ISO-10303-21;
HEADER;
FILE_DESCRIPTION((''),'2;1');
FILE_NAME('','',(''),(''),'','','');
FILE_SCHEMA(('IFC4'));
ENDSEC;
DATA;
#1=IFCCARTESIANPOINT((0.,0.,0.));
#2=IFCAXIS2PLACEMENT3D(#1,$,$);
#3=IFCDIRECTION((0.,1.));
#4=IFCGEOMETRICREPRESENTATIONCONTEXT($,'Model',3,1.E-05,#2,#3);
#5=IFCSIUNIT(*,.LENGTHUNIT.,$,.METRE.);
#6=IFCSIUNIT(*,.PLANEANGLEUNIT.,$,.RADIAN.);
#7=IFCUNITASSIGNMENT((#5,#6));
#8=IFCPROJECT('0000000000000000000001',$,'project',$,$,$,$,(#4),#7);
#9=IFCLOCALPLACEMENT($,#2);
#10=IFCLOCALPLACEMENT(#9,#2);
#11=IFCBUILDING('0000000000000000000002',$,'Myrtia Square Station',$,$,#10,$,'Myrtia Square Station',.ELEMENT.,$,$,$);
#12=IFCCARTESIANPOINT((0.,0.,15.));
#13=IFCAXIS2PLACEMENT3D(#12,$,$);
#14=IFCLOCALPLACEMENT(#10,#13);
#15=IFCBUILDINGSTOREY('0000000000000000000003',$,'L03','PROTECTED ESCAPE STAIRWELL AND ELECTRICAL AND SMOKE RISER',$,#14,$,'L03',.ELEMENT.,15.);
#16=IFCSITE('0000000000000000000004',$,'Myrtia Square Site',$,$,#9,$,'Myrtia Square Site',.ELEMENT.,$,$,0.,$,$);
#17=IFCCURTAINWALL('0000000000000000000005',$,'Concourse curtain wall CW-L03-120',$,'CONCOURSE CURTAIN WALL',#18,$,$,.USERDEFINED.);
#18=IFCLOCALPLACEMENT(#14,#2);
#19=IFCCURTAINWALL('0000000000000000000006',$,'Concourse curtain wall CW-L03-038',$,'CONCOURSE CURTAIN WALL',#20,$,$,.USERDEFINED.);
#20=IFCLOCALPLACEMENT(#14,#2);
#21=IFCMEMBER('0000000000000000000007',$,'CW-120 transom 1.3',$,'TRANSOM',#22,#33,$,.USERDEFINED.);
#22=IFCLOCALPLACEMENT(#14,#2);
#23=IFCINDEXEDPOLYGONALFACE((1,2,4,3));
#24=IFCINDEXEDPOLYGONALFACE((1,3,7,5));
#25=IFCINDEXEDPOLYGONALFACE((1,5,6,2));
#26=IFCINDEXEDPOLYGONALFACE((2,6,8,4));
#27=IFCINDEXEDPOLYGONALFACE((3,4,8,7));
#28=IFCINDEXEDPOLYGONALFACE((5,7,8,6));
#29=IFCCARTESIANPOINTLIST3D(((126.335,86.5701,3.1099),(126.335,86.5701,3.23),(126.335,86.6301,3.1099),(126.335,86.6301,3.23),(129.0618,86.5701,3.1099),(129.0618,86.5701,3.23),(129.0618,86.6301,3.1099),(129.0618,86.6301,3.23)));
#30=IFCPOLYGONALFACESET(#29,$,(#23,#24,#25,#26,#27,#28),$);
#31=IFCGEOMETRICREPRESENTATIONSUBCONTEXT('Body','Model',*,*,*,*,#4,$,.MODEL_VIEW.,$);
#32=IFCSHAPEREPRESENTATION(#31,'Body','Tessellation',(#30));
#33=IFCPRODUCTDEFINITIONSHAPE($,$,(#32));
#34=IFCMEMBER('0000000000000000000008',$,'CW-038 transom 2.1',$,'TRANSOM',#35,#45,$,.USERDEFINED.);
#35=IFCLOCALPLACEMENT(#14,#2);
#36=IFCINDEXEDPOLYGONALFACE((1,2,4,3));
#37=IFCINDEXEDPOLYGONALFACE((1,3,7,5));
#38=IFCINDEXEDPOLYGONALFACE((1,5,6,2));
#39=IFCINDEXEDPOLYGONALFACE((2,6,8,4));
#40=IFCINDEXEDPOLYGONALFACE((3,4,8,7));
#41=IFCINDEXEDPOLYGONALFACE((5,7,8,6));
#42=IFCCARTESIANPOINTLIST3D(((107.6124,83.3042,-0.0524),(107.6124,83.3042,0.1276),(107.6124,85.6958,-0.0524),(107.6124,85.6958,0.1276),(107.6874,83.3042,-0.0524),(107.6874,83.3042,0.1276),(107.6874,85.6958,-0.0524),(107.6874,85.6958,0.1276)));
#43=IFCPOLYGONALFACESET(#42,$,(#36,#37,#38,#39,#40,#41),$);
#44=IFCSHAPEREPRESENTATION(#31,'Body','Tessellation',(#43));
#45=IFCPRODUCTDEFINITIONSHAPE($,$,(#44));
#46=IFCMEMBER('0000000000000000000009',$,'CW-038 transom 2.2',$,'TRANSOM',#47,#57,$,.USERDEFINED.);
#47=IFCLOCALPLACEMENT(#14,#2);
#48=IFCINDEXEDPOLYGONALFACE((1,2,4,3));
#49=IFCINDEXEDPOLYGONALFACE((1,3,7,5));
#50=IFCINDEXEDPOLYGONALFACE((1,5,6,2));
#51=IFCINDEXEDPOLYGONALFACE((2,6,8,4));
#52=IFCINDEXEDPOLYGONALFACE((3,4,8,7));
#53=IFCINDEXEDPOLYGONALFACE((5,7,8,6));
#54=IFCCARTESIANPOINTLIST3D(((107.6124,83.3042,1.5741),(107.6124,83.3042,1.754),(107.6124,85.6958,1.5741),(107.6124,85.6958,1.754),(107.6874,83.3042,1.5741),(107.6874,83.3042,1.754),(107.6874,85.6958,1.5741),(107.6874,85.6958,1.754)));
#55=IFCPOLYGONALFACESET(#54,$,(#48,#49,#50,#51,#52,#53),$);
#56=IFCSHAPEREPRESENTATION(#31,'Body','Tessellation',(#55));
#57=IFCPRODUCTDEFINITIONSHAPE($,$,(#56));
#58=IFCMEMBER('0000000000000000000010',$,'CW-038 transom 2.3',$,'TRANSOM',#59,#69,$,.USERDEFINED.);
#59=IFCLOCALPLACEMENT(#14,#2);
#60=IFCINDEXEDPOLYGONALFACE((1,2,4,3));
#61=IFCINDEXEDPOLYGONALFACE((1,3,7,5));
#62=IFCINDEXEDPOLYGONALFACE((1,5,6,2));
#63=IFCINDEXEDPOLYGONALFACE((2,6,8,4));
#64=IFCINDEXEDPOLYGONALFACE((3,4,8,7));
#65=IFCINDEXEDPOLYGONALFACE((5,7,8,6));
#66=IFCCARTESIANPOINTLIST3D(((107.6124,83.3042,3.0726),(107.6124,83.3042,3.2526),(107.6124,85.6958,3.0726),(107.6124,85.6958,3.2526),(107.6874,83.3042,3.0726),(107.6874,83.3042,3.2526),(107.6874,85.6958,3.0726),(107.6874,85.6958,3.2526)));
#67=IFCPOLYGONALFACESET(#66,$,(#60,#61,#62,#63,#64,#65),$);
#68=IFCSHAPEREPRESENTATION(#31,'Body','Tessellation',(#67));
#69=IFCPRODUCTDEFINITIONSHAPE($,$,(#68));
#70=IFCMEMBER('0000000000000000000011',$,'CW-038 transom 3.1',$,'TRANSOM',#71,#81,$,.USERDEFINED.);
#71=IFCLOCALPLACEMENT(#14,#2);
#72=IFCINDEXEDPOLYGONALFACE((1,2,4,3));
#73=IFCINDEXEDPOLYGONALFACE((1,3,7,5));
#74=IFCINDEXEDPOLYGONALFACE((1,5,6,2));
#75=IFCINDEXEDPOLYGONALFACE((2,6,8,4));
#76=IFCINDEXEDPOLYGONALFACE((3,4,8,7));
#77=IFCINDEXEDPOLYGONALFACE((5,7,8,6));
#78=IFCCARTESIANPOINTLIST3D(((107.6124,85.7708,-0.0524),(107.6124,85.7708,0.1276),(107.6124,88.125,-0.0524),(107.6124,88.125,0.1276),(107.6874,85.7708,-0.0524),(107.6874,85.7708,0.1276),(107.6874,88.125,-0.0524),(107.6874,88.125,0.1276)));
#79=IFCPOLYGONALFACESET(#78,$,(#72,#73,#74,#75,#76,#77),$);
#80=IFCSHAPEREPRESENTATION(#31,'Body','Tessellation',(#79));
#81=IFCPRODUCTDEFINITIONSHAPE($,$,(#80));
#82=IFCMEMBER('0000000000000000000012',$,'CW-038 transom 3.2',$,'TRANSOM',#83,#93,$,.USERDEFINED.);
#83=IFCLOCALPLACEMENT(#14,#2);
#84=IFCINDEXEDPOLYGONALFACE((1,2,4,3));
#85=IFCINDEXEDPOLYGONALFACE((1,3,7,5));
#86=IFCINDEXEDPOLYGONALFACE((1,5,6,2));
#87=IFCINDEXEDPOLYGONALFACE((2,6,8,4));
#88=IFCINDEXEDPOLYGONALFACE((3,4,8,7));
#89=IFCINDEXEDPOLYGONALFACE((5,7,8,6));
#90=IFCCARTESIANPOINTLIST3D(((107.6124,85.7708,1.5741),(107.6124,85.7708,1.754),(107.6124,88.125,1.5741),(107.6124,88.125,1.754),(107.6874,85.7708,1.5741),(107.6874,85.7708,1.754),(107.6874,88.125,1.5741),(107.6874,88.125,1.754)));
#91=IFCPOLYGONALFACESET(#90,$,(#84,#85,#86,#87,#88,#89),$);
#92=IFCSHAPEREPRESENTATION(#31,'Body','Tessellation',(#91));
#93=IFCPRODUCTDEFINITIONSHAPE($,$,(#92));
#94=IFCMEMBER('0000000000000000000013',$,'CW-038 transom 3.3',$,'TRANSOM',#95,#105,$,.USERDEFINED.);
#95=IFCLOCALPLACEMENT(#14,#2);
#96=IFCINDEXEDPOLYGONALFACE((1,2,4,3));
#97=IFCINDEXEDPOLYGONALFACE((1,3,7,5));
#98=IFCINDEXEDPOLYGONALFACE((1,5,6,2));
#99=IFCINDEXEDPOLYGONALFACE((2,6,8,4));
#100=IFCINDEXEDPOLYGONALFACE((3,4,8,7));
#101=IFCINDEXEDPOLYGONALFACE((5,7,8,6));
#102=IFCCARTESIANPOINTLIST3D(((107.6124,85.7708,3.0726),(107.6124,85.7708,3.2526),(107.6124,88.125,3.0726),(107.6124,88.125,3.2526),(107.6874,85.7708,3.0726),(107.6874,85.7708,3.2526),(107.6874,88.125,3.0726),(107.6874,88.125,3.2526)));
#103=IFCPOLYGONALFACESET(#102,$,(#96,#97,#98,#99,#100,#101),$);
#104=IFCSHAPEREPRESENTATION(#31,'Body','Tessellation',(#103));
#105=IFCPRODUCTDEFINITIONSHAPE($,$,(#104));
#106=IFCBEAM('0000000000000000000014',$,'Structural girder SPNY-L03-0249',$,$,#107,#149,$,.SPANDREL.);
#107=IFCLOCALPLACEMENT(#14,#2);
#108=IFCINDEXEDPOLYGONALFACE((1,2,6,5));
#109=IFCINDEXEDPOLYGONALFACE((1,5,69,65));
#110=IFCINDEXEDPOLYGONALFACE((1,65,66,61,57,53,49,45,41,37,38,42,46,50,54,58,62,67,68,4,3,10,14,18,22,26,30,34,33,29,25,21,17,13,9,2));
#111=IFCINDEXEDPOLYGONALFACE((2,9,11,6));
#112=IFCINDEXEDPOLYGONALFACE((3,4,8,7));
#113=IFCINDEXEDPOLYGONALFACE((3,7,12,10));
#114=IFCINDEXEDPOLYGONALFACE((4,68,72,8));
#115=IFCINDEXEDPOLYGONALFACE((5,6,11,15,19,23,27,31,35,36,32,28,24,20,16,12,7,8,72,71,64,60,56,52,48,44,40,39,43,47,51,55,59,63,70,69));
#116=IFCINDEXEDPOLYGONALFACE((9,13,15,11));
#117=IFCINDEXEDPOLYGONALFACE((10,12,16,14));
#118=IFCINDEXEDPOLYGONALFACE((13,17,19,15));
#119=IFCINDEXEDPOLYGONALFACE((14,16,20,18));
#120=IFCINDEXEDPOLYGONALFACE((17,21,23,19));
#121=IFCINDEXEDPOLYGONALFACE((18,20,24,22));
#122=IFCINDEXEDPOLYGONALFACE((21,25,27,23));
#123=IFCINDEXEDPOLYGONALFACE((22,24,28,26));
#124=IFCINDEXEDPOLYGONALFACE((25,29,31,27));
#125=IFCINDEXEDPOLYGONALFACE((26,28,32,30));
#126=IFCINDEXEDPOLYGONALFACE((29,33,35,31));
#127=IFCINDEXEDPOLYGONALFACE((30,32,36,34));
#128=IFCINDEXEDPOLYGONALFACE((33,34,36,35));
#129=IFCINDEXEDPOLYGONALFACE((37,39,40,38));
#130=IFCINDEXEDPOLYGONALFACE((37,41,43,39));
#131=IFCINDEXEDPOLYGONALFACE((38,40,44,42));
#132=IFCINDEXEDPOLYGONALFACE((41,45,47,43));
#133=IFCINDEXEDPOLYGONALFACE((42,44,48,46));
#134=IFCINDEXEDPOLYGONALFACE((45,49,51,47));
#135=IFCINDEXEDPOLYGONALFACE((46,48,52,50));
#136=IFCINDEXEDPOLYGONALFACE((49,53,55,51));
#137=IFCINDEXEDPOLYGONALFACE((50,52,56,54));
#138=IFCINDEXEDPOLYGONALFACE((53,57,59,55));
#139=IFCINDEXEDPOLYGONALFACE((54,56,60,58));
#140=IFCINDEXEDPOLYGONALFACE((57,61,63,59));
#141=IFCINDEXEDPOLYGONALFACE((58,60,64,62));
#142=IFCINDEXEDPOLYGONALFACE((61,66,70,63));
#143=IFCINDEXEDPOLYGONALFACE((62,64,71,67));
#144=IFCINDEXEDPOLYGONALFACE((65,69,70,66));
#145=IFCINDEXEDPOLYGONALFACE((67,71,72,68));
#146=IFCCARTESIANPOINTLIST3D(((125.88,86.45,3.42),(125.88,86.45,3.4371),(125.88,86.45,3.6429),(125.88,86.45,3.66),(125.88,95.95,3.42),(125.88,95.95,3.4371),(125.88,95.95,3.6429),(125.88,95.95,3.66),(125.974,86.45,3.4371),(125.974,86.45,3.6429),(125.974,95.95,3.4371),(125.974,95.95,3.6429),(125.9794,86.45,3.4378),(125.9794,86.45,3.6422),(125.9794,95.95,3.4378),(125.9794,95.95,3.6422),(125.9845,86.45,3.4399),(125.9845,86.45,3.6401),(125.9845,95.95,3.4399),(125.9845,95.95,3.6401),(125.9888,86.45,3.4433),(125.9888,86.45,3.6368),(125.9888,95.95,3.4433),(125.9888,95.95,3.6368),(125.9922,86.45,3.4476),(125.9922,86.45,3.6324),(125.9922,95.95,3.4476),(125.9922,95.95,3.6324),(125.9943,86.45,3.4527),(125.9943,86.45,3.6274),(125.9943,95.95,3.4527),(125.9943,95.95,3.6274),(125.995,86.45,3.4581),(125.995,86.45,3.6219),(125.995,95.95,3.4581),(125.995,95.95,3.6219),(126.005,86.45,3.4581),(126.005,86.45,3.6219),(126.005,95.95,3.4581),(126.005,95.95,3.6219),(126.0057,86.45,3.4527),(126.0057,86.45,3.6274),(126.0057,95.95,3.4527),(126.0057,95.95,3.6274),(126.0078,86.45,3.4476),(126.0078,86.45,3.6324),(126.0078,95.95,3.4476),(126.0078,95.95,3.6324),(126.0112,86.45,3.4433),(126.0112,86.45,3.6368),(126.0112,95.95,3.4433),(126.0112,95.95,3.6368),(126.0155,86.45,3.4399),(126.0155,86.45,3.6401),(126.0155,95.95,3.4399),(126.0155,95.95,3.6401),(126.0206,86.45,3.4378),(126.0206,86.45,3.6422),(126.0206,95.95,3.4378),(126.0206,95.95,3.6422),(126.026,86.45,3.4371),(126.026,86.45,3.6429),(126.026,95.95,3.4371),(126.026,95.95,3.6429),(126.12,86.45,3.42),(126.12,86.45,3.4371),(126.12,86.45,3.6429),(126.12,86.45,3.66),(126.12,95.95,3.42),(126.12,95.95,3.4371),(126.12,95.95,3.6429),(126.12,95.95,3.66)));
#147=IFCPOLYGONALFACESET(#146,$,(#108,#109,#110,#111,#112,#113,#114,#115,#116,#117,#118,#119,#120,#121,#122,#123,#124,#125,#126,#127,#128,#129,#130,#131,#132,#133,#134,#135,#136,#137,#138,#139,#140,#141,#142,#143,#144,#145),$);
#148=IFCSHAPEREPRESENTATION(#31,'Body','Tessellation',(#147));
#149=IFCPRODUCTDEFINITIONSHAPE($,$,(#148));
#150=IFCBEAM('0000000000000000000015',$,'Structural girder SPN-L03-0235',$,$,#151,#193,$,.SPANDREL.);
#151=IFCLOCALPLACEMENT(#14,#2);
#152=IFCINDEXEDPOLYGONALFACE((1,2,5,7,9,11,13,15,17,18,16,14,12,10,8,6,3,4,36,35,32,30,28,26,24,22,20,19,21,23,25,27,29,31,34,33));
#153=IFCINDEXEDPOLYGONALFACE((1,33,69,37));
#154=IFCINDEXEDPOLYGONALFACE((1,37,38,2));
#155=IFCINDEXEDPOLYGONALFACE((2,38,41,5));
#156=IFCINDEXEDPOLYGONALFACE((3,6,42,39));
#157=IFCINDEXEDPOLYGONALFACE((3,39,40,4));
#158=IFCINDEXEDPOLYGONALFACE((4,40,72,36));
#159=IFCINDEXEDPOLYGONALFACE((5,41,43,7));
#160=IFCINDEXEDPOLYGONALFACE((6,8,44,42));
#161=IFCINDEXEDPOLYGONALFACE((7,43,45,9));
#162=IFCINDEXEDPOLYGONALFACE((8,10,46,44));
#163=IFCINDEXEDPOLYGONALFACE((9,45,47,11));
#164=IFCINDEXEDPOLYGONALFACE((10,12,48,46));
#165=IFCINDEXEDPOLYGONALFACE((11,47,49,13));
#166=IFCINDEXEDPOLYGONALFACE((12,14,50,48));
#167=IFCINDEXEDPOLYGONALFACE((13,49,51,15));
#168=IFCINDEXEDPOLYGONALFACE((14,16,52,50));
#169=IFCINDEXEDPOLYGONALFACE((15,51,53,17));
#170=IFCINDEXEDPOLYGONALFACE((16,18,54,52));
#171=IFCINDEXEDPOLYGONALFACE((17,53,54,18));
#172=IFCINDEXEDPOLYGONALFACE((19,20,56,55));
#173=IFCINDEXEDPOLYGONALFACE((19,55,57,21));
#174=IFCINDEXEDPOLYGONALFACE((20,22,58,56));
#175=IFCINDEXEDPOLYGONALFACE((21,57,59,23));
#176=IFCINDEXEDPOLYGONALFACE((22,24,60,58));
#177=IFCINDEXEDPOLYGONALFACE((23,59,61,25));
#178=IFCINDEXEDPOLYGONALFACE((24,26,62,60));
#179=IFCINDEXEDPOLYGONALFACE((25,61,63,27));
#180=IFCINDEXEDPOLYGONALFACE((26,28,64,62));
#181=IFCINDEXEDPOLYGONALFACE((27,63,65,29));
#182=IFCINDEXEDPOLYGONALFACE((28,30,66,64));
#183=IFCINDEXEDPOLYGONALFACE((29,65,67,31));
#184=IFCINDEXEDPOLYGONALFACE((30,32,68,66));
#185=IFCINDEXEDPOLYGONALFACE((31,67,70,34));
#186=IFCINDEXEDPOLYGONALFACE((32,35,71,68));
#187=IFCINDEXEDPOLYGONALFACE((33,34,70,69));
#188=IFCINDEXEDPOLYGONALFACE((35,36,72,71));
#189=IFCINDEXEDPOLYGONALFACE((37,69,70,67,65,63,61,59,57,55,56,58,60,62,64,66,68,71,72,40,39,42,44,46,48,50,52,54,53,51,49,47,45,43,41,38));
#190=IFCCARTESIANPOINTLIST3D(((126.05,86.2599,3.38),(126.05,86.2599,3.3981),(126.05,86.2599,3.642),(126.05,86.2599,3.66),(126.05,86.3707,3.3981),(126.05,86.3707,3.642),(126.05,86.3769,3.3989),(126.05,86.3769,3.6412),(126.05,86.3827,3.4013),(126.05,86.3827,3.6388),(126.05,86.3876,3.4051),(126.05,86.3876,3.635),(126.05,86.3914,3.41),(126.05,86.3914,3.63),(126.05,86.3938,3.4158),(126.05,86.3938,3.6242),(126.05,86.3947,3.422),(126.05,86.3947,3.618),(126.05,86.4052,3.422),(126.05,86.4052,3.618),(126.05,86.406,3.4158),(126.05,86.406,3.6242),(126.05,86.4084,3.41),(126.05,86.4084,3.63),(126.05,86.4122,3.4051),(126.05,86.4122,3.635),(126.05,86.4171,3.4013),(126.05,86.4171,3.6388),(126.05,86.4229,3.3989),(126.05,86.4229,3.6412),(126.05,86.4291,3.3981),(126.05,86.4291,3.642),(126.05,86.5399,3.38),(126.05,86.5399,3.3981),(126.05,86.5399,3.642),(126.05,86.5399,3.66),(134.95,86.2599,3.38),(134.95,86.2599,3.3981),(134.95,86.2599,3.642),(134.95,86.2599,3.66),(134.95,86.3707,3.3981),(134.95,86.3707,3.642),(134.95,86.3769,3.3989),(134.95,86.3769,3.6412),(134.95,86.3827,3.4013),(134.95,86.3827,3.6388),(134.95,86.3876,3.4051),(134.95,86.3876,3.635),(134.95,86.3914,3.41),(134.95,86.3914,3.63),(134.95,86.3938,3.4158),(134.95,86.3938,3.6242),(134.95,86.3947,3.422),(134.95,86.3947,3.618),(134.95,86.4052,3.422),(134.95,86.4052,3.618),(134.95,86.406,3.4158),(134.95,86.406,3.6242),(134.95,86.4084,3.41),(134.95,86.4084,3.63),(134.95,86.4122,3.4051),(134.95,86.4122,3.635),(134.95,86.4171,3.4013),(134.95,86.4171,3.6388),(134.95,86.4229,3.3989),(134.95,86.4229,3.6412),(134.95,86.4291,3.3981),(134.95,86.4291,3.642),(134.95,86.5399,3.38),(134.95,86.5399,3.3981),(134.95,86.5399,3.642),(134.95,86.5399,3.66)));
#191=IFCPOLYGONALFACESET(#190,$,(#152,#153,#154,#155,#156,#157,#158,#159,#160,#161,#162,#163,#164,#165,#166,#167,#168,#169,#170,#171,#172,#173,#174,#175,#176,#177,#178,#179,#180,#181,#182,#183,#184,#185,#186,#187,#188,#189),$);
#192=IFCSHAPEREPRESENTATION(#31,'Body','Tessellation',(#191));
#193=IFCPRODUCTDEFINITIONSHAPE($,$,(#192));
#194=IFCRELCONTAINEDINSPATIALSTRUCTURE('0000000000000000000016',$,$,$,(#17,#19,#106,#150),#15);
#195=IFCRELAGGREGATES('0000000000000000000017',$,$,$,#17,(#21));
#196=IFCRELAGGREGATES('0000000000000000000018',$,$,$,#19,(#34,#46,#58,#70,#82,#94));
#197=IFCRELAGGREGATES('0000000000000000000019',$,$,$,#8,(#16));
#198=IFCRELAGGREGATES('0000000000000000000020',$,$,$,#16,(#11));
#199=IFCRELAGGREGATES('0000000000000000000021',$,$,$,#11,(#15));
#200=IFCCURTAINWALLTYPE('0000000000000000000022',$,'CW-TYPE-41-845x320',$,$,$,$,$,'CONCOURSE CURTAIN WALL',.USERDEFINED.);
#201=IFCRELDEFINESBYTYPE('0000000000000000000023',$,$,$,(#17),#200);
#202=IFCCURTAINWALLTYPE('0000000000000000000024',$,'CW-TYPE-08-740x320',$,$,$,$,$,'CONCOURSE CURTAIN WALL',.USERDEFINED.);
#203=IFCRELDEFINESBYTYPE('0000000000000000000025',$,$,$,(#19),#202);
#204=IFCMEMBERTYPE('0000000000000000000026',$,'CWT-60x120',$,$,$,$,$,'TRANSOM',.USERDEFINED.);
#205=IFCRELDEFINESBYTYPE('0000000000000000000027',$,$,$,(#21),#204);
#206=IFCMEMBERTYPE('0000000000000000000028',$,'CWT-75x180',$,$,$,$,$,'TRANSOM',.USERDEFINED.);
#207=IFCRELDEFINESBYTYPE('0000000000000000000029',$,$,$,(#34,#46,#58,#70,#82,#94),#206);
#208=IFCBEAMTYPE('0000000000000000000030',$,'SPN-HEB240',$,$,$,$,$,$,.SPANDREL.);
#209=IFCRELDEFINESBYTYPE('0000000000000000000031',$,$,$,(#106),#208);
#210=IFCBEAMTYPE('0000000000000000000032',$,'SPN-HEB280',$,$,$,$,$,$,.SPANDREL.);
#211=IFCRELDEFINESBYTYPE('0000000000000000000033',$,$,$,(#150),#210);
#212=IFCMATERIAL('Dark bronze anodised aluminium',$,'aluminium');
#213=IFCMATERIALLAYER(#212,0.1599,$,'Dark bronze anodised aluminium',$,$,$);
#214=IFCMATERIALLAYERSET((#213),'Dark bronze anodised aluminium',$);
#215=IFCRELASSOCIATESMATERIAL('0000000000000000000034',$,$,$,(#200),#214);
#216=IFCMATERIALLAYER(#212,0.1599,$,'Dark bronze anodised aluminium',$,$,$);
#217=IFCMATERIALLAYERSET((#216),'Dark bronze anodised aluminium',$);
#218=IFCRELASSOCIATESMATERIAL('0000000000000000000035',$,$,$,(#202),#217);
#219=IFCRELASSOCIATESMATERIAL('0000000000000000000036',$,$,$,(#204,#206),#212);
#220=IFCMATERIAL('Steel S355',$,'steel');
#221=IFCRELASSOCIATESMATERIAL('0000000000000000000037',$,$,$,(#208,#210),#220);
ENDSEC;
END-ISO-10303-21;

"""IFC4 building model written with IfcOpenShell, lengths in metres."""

from ifc_helpers import new_model, si_unit, direction, frame, origin, origin_2d, place, context, subcontext, project, spatial, rectangle, i_section, extrude, material, layer, layer_set, material_profile, profile_set, type_object, element, aggregate, save


model = new_model("IFC4")

# Units and contexts
model_context = context("Model", 3, precision=1e-05, world=origin(), true_north=direction((0.0, 1.0)))
body_context = subcontext(model_context, "Body", "Model", "MODEL_VIEW")
ifc_project = project(units=[si_unit("LENGTHUNIT", "METRE"), si_unit("PLANEANGLEUNIT", "RADIAN")], contexts=[model_context])

# Site, building, storey
site_placement = place(None, origin())
site = spatial("IfcSite", under=ifc_project, at=site_placement, Name="Myrtia Square Site", LongName="Myrtia Square Site", CompositionType="ELEMENT", RefElevation=0.0)
building_placement = place(site_placement, origin())
building = spatial("IfcBuilding", under=site, at=building_placement, Name="Myrtia Square Station", LongName="Myrtia Square Station", CompositionType="ELEMENT")
storey_placement = place(building_placement, frame((0.0, 0.0, 15.0)))
storey = spatial("IfcBuildingStorey", under=building, at=storey_placement, Name="L03", Description="PROTECTED ESCAPE STAIRWELL AND ELECTRICAL AND SMOKE RISER", LongName="L03", CompositionType="ELEMENT", Elevation=15.0)

# Shared definitions
ifc_material_1 = material(Name="Steel S355", Category="steel")

# Curtain wall
ifc_material_2 = material(Name="Dark bronze anodised aluminium", Category="aluminium")
ifc_layer_1 = layer(ifc_material_2, 0.1599, Name="Dark bronze anodised aluminium")
ifc_layer_set_1 = layer_set([ifc_layer_1], Name="Dark bronze anodised aluminium")
curtain_wall_type_1 = type_object("IfcCurtainWallType", Name="CW-TYPE-41-845x320", ElementType="CONCOURSE CURTAIN WALL", PredefinedType="USERDEFINED", material=ifc_layer_set_1)
curtain_wall_1_placement = place(storey_placement, origin())
curtain_wall_1 = element("IfcCurtainWall", 1, at=curtain_wall_1_placement, inside=storey, type_object=curtain_wall_type_1, Name="Concourse curtain wall CW-L03-120", ObjectType="CONCOURSE CURTAIN WALL", PredefinedType="USERDEFINED")

# Curtain wall
ifc_layer_2 = layer(ifc_material_2, 0.1599, Name="Dark bronze anodised aluminium")
ifc_layer_set_2 = layer_set([ifc_layer_2], Name="Dark bronze anodised aluminium")
curtain_wall_type_2 = type_object("IfcCurtainWallType", Name="CW-TYPE-08-740x320", ElementType="CONCOURSE CURTAIN WALL", PredefinedType="USERDEFINED", material=ifc_layer_set_2)
curtain_wall_2_placement = place(storey_placement, origin())
curtain_wall_2 = element("IfcCurtainWall", 2, at=curtain_wall_2_placement, inside=storey, type_object=curtain_wall_type_2, Name="Concourse curtain wall CW-L03-038", ObjectType="CONCOURSE CURTAIN WALL", PredefinedType="USERDEFINED")

# Members
ifc_material_profile_1 = material_profile(ifc_material_2, rectangle(XDim=0.0601, YDim=0.1201, at=origin_2d()), Name="ALU-T 60x120")
ifc_profile_set_1 = profile_set([ifc_material_profile_1], Name="Dark bronze anodised aluminium")
member_type_1 = type_object("IfcMemberType", Name="CWT-60x120", ElementType="TRANSOM", PredefinedType="USERDEFINED", material=ifc_profile_set_1)
member_1_placement = place(storey_placement, frame((126.335, 86.6001, 3.1699), z_axis=(1.0, 0.0, 0.0), x_axis=(0.0, 1.0, 0.0)))
member_1 = element("IfcMember", 3, at=member_1_placement, type_object=member_type_1, Name="CW-120 transom 1.3", ObjectType="TRANSOM", PredefinedType="USERDEFINED", context=body_context, shape_type="SweptSolid", body=[
    extrude(rectangle(XDim=0.0601, YDim=0.1201, at=origin_2d()), origin(), (0.0, 0.0, 1.0), 2.7268),
])
aggregate(curtain_wall_1, [member_1])
ifc_material_profile_2 = material_profile(ifc_material_2, rectangle(XDim=0.075, YDim=0.1799, at=origin_2d()), Name="ALU-T 75x180")
ifc_profile_set_2 = profile_set([ifc_material_profile_2], Name="Dark bronze anodised aluminium")
member_type_2 = type_object("IfcMemberType", Name="CWT-75x180", ElementType="TRANSOM", PredefinedType="USERDEFINED", material=ifc_profile_set_2)
member_2_placement = place(storey_placement, frame((107.6499, 83.3042, 0.0376), z_axis=(0.0, 1.0, 0.0), x_axis=(-1.0, 0.0, 0.0)))
member_2 = element("IfcMember", 4, at=member_2_placement, type_object=member_type_2, Name="CW-038 transom 2.1", ObjectType="TRANSOM", PredefinedType="USERDEFINED", context=body_context, shape_type="SweptSolid", body=[
    extrude(rectangle(XDim=0.075, YDim=0.1799, at=origin_2d()), origin(), (0.0, 0.0, 1.0), 2.3916),
])
member_3_placement = place(storey_placement, frame((107.6499, 83.3042, 1.6641), z_axis=(0.0, 1.0, 0.0), x_axis=(-1.0, 0.0, 0.0)))
member_3 = element("IfcMember", 5, at=member_3_placement, type_object=member_type_2, Name="CW-038 transom 2.2", ObjectType="TRANSOM", PredefinedType="USERDEFINED", context=body_context, shape_type="SweptSolid", body=[
    extrude(rectangle(XDim=0.075, YDim=0.1799, at=origin_2d()), origin(), (0.0, 0.0, 1.0), 2.3916),
])
member_4_placement = place(storey_placement, frame((107.6499, 83.3042, 3.1626), z_axis=(0.0, 1.0, 0.0), x_axis=(-1.0, 0.0, 0.0)))
member_4 = element("IfcMember", 6, at=member_4_placement, type_object=member_type_2, Name="CW-038 transom 2.3", ObjectType="TRANSOM", PredefinedType="USERDEFINED", context=body_context, shape_type="SweptSolid", body=[
    extrude(rectangle(XDim=0.075, YDim=0.1799, at=origin_2d()), origin(), (0.0, 0.0, 1.0), 2.3916),
])
member_5_placement = place(storey_placement, frame((107.6499, 85.7708, 0.0376), z_axis=(0.0, 1.0, 0.0), x_axis=(-1.0, 0.0, 0.0)))
member_5 = element("IfcMember", 7, at=member_5_placement, type_object=member_type_2, Name="CW-038 transom 3.1", ObjectType="TRANSOM", PredefinedType="USERDEFINED", context=body_context, shape_type="SweptSolid", body=[
    extrude(rectangle(XDim=0.075, YDim=0.1799, at=origin_2d()), origin(), (0.0, 0.0, 1.0), 2.3542),
])
member_6_placement = place(storey_placement, frame((107.6499, 85.7708, 1.6641), z_axis=(0.0, 1.0, 0.0), x_axis=(-1.0, 0.0, 0.0)))
member_6 = element("IfcMember", 8, at=member_6_placement, type_object=member_type_2, Name="CW-038 transom 3.2", ObjectType="TRANSOM", PredefinedType="USERDEFINED", context=body_context, shape_type="SweptSolid", body=[
    extrude(rectangle(XDim=0.075, YDim=0.1799, at=origin_2d()), origin(), (0.0, 0.0, 1.0), 2.3542),
])
member_7_placement = place(storey_placement, frame((107.6499, 85.7708, 3.1626), z_axis=(0.0, 1.0, 0.0), x_axis=(-1.0, 0.0, 0.0)))
member_7 = element("IfcMember", 9, at=member_7_placement, type_object=member_type_2, Name="CW-038 transom 3.3", ObjectType="TRANSOM", PredefinedType="USERDEFINED", context=body_context, shape_type="SweptSolid", body=[
    extrude(rectangle(XDim=0.075, YDim=0.1799, at=origin_2d()), origin(), (0.0, 0.0, 1.0), 2.3542),
])

# Beams
ifc_material_profile_3 = material_profile(ifc_material_1, i_section(OverallWidth=0.24, OverallDepth=0.24, WebThickness=0.01, FlangeThickness=0.0171, FilletRadius=0.021, at=origin_2d()), Name="HEB 240")
ifc_profile_set_3 = profile_set([ifc_material_profile_3], Name="Steel S355")
beam_type_1 = type_object("IfcBeamType", Name="SPN-HEB240", PredefinedType="SPANDREL", material=ifc_profile_set_3)
beam_1_placement = place(storey_placement, frame((126.0, 86.45, 3.54), z_axis=(0.0, 1.0, 0.0), x_axis=(-1.0, 0.0, 0.0)))
element("IfcBeam", 10, at=beam_1_placement, inside=storey, type_object=beam_type_1, Name="Structural girder SPNY-L03-0249", PredefinedType="SPANDREL", context=body_context, shape_type="SweptSolid", body=[
    extrude(i_section(OverallWidth=0.24, OverallDepth=0.24, WebThickness=0.01, FlangeThickness=0.0171, FilletRadius=0.021, at=origin_2d()), origin(), (0.0, 0.0, 1.0), 9.5),
])
ifc_material_profile_4 = material_profile(ifc_material_1, i_section(OverallWidth=0.28, OverallDepth=0.28, WebThickness=0.0105, FlangeThickness=0.0181, FilletRadius=0.0239, at=origin_2d()), Name="HEB 280")
ifc_profile_set_4 = profile_set([ifc_material_profile_4], Name="Steel S355")
beam_type_2 = type_object("IfcBeamType", Name="SPN-HEB280", PredefinedType="SPANDREL", material=ifc_profile_set_4)
beam_2_placement = place(storey_placement, frame((126.05, 86.3999, 3.52), z_axis=(1.0, 0.0, 0.0), x_axis=(0.0, 1.0, 0.0)))
element("IfcBeam", 11, at=beam_2_placement, inside=storey, type_object=beam_type_2, Name="Structural girder SPN-L03-0235", PredefinedType="SPANDREL", context=body_context, shape_type="SweptSolid", body=[
    extrude(i_section(OverallWidth=0.28, OverallDepth=0.28, WebThickness=0.0105, FlangeThickness=0.0181, FilletRadius=0.0239, at=origin_2d()), origin(), (0.0, 0.0, 1.0), 8.8999),
])

aggregate(curtain_wall_2, [member_2, member_3, member_4, member_5, member_6, member_7])

save(model, "model.ifc")
